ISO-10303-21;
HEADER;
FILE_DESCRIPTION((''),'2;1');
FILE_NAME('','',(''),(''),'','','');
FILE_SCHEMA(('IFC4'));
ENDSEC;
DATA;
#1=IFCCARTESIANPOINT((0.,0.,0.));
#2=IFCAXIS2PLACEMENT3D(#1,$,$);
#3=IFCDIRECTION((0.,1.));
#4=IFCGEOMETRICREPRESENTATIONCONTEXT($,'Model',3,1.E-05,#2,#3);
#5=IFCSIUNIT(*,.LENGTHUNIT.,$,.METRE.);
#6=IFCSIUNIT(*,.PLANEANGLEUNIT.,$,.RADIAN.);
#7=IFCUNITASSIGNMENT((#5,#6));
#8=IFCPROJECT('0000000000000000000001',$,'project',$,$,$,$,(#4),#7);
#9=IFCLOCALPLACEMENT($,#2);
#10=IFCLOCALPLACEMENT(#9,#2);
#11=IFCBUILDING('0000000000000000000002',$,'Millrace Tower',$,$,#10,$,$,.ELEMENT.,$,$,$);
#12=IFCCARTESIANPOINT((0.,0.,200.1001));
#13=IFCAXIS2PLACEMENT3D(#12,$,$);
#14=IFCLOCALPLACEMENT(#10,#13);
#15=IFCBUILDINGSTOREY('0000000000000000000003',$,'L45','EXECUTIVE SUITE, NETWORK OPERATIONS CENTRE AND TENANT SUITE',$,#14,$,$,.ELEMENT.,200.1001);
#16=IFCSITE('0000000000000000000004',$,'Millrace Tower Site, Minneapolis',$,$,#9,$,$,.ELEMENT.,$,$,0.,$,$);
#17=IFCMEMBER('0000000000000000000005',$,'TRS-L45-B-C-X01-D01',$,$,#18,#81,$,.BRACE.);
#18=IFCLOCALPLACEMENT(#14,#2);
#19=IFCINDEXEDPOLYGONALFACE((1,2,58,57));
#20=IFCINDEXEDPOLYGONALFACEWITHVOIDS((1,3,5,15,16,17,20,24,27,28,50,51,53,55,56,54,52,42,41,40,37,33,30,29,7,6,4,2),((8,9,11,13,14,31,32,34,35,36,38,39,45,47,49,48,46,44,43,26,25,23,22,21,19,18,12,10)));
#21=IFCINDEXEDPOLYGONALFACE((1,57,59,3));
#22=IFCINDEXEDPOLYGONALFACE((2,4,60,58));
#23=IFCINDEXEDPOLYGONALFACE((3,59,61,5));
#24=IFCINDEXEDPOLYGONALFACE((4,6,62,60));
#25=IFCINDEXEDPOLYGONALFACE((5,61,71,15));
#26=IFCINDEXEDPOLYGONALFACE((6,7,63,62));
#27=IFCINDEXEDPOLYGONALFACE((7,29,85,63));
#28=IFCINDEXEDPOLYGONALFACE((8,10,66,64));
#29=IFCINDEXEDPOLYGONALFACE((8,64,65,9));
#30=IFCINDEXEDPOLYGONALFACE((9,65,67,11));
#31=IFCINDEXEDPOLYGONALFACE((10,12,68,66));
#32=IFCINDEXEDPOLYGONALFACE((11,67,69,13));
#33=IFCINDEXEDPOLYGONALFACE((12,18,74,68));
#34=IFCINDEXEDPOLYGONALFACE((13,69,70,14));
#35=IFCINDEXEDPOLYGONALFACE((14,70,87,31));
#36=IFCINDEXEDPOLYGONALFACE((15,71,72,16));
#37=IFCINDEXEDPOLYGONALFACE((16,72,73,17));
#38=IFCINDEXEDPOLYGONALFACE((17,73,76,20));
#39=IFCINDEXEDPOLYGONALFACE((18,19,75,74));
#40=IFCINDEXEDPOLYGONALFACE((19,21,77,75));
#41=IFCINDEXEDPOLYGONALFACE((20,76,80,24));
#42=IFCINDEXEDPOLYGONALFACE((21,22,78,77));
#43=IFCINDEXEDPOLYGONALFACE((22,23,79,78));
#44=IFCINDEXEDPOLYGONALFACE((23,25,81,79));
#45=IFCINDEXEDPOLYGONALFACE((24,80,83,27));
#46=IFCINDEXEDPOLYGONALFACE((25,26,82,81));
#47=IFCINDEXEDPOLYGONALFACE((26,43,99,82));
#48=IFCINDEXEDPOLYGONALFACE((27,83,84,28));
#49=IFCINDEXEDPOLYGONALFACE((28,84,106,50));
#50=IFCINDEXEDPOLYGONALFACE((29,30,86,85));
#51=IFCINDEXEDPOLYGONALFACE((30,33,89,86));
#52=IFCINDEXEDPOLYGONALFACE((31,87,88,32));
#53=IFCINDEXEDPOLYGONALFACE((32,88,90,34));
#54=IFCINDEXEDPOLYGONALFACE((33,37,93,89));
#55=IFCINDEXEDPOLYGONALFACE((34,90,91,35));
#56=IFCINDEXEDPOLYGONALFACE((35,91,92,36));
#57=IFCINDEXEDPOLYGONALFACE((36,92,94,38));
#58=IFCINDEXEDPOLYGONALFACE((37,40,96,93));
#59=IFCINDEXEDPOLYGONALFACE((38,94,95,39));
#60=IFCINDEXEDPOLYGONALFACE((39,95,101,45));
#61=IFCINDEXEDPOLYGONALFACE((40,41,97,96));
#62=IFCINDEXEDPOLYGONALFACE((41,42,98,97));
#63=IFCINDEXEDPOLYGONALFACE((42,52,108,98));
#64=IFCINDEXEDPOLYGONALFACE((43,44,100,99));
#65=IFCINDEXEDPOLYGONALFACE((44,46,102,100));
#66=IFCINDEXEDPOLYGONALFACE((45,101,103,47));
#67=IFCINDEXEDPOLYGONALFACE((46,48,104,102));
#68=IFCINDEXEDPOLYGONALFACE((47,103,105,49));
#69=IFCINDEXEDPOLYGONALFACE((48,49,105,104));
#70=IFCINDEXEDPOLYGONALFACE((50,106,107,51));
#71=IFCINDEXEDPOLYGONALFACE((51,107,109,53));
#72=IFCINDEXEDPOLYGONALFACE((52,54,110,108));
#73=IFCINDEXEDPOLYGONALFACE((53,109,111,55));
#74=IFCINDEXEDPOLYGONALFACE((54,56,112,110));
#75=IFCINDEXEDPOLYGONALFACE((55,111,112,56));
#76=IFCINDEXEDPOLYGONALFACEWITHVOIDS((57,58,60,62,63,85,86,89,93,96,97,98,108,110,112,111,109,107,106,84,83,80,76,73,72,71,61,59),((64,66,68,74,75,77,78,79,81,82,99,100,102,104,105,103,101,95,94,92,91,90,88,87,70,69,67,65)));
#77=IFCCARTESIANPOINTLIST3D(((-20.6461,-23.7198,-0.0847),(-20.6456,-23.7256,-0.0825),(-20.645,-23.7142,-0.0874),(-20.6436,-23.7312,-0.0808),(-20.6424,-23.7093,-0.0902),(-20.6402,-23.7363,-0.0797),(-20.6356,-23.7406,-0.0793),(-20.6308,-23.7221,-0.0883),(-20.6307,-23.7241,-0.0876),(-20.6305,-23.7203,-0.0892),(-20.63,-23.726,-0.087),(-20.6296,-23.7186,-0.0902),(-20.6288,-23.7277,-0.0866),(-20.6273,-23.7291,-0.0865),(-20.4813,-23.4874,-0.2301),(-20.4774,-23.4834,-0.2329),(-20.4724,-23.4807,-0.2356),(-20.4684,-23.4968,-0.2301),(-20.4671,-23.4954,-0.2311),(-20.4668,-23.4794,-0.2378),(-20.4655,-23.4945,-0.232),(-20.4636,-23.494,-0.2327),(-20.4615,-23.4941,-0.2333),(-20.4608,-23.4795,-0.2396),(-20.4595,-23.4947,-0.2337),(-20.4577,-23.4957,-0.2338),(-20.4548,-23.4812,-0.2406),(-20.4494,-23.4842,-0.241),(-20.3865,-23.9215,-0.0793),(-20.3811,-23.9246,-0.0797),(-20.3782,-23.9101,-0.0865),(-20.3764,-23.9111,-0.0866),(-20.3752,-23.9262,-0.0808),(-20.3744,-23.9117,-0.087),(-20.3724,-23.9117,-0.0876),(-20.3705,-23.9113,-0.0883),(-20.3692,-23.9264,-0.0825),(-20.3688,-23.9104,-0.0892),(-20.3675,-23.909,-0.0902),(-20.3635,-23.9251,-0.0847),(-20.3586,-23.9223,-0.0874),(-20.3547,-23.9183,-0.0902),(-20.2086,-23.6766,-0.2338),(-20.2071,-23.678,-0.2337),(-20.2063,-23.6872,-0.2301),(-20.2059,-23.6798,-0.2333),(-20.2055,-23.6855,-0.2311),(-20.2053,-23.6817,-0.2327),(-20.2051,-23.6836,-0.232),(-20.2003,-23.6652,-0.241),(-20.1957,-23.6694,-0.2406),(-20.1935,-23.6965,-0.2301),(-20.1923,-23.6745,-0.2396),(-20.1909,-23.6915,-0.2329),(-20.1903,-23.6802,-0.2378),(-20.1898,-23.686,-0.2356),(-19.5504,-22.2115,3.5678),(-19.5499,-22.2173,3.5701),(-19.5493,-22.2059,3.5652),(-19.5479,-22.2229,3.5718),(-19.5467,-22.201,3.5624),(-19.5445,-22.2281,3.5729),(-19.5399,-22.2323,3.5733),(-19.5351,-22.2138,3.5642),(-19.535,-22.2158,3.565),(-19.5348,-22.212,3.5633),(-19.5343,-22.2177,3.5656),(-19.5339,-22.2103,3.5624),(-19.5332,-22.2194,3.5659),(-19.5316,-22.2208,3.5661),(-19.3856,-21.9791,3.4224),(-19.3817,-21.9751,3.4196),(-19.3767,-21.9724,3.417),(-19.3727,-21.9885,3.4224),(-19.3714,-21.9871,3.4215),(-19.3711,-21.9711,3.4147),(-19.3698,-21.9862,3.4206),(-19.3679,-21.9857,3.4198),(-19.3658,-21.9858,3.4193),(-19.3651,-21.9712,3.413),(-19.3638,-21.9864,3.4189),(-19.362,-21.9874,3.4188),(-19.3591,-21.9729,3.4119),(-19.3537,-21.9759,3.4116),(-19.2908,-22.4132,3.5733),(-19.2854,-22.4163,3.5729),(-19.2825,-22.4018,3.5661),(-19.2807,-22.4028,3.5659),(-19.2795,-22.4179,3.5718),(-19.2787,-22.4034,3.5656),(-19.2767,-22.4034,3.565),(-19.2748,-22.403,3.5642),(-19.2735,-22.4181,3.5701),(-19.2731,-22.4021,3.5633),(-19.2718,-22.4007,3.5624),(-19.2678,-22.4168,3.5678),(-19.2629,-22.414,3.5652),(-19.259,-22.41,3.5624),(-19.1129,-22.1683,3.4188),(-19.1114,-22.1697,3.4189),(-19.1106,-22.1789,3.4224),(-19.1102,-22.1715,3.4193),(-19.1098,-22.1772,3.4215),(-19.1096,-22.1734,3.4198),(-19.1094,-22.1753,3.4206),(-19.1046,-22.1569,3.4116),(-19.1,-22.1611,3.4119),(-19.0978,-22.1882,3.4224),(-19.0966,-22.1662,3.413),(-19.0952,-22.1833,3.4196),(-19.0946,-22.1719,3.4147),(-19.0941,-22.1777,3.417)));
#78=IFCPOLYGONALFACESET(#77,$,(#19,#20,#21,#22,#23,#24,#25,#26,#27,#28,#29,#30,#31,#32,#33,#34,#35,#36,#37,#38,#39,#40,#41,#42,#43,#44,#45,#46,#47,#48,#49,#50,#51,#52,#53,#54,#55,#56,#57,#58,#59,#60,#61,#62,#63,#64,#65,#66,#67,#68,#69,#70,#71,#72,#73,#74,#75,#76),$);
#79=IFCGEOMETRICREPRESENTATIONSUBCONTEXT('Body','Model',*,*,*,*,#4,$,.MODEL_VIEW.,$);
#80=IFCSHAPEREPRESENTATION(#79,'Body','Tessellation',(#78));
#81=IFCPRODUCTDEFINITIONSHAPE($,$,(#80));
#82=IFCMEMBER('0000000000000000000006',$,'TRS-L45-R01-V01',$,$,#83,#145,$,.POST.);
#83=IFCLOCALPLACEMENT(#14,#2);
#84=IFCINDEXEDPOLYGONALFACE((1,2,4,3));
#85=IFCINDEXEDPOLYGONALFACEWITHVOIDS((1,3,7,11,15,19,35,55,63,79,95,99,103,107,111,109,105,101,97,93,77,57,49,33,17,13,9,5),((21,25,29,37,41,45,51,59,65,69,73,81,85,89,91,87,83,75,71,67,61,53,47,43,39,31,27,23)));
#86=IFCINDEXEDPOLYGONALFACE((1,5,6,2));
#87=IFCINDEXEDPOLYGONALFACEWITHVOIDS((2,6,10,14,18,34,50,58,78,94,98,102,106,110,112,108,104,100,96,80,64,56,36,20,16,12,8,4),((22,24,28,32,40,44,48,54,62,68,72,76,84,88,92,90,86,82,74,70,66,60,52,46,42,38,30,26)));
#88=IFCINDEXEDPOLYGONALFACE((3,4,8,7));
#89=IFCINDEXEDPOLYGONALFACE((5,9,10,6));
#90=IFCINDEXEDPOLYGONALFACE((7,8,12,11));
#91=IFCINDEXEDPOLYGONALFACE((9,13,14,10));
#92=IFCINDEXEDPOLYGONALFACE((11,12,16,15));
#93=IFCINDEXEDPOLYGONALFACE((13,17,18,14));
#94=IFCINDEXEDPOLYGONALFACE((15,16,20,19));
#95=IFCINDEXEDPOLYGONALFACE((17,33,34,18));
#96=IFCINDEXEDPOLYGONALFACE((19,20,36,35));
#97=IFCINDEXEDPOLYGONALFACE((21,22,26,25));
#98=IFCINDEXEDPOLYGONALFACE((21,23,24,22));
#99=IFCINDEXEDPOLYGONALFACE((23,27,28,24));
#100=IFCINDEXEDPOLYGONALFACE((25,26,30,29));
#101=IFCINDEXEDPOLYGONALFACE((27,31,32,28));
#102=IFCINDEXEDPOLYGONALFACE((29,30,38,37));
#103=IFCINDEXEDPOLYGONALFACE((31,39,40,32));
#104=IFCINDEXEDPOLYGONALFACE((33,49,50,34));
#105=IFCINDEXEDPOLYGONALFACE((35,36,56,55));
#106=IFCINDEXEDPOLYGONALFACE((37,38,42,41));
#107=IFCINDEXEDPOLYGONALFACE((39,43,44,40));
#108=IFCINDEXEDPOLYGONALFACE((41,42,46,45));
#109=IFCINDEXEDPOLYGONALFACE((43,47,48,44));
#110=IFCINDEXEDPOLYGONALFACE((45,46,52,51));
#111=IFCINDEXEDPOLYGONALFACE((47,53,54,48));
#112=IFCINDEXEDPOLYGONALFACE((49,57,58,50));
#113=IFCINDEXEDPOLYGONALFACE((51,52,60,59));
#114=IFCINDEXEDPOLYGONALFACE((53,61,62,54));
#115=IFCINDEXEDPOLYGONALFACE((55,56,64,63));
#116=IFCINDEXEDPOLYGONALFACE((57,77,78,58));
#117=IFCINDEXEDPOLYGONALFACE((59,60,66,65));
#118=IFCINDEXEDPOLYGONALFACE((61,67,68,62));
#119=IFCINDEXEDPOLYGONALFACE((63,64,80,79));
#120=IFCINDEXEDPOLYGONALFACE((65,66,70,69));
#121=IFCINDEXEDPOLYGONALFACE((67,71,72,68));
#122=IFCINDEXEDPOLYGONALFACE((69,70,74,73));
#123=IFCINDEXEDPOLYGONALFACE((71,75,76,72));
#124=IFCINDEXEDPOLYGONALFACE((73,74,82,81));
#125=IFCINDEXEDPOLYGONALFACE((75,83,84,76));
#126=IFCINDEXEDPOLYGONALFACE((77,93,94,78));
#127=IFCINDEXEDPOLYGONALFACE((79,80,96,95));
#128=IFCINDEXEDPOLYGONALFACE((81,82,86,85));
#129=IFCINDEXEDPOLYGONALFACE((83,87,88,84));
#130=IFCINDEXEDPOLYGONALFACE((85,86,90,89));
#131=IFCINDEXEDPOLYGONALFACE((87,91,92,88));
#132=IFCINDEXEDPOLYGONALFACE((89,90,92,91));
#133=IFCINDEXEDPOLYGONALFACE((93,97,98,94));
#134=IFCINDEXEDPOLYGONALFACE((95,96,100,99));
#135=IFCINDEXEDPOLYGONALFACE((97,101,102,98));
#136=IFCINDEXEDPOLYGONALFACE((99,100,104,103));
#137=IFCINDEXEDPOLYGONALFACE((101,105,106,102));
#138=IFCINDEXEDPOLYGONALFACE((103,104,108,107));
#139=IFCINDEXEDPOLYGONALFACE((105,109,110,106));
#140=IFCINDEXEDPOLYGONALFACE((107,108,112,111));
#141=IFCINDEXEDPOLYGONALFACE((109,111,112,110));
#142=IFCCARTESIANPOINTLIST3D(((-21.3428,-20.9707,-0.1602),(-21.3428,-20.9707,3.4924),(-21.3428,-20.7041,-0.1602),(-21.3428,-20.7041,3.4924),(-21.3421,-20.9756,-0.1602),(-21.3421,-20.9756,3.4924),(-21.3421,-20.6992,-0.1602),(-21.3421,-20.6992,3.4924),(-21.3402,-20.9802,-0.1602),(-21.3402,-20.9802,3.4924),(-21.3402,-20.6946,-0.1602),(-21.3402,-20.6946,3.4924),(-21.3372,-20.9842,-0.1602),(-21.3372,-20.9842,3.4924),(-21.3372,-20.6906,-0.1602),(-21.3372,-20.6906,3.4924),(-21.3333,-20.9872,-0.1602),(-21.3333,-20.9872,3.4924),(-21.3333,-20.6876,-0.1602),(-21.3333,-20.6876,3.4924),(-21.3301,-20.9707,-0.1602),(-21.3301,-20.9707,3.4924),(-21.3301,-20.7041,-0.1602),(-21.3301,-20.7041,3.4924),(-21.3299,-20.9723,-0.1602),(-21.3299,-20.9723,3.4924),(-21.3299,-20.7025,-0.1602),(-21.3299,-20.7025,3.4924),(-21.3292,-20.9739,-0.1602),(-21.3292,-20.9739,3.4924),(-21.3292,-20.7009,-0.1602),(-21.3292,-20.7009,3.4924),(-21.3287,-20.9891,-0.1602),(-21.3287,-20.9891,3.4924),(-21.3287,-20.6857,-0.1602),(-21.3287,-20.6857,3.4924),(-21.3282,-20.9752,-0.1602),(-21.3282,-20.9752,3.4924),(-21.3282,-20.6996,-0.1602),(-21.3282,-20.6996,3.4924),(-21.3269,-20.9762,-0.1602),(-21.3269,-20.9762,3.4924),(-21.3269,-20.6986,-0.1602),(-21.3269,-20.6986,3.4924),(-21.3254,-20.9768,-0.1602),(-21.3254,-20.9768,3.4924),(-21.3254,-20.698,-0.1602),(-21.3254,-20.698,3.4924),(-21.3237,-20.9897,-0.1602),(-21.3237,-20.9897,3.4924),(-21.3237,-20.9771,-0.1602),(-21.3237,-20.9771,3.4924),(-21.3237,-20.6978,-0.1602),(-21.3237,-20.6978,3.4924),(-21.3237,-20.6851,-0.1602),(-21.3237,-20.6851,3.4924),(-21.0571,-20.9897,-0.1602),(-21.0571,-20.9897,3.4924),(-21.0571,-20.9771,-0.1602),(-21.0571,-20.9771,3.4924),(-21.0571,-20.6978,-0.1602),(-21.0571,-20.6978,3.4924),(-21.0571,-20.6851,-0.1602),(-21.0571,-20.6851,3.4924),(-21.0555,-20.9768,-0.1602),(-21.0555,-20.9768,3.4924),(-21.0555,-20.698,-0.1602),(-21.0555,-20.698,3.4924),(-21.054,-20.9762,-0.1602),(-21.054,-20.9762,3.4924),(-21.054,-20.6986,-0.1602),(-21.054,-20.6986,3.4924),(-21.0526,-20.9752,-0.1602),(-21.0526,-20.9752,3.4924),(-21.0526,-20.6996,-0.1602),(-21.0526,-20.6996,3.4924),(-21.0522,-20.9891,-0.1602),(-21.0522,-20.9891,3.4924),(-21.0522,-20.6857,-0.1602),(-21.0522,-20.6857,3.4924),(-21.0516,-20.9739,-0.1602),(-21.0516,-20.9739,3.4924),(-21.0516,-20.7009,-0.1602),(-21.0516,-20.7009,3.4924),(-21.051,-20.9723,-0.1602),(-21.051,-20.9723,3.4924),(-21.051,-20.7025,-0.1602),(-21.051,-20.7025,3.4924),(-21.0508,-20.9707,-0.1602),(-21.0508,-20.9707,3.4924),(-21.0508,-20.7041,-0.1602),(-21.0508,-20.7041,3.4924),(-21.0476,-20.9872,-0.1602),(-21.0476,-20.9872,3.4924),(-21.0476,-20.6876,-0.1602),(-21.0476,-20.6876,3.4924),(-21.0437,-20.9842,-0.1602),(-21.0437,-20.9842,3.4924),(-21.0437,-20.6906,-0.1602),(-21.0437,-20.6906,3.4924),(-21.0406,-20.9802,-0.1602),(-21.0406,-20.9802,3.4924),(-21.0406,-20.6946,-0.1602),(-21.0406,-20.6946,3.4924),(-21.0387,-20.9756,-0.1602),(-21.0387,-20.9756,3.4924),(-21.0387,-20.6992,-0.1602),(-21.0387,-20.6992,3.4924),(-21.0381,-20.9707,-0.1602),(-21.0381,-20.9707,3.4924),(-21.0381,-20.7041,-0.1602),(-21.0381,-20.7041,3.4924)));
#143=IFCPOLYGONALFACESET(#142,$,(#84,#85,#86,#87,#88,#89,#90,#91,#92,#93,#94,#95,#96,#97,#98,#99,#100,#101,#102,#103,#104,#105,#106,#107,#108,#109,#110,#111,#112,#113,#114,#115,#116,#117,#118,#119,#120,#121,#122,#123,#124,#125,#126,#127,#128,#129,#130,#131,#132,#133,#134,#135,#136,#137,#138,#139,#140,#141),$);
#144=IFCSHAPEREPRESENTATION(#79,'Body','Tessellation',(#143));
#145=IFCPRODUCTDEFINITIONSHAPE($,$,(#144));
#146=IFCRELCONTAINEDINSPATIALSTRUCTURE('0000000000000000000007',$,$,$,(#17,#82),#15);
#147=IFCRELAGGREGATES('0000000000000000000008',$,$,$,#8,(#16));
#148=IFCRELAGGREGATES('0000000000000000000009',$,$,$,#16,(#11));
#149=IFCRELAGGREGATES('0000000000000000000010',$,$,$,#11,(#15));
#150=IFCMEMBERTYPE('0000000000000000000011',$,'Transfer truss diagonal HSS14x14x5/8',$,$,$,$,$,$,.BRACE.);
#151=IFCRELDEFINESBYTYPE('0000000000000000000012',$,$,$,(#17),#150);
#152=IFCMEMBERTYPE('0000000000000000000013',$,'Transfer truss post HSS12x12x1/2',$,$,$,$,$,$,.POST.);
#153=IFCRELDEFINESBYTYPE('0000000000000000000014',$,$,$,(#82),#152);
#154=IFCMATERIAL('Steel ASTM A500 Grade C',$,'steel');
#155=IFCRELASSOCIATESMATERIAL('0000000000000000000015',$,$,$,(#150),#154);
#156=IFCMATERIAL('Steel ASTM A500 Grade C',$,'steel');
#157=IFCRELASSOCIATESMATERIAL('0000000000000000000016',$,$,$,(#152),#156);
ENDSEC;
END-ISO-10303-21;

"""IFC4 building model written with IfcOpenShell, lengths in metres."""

from ifc_helpers import new_model, si_unit, direction, frame, origin, origin_2d, place, context, subcontext, project, spatial, hollow_rectangle, extrude, material, material_profile, profile_set, type_object, element, save


model = new_model("IFC4")

# Units and contexts
model_context = context("Model", 3, precision=1e-05, world=origin(), true_north=direction((0.0, 1.0)))
body_context = subcontext(model_context, "Body", "Model", "MODEL_VIEW")
ifc_project = project(units=[si_unit("LENGTHUNIT", "METRE"), si_unit("PLANEANGLEUNIT", "RADIAN")], contexts=[model_context])

# Site, building, storey
site_placement = place(None, origin())
site = spatial("IfcSite", under=ifc_project, at=site_placement, Name="Millrace Tower Site, Minneapolis", CompositionType="ELEMENT", RefElevation=0.0)
building_placement = place(site_placement, origin())
building = spatial("IfcBuilding", under=site, at=building_placement, Name="Millrace Tower", CompositionType="ELEMENT")
storey_placement = place(building_placement, frame((0.0, 0.0, 200.1001)))
storey = spatial("IfcBuildingStorey", under=building, at=storey_placement, Name="L45", Description="EXECUTIVE SUITE, NETWORK OPERATIONS CENTRE AND TENANT SUITE", CompositionType="ELEMENT", Elevation=200.1001)

# Members
ifc_material_1 = material(Name="Steel ASTM A500 Grade C", Category="steel")
ifc_material_profile_1 = material_profile(ifc_material_1, hollow_rectangle(XDim=0.3557, YDim=0.3557, WallThickness=0.0159, InnerFilletRadius=0.0081, OuterFilletRadius=0.0239, at=origin_2d()))
ifc_profile_set_1 = profile_set([ifc_material_profile_1], Name="Steel ASTM A500 Grade C")
member_type_1 = type_object("IfcMemberType", Name="Transfer truss diagonal HSS14x14x5/8", PredefinedType="BRACE", material=ifc_profile_set_1)
member_1_placement = place(storey_placement, frame((-20.418, -23.7029, -0.1602), z_axis=(0.26719, 0.367802, 0.890691), x_axis=(-0.809053, 0.587736, 0.0)))
element("IfcMember", 1, at=member_1_placement, inside=storey, type_object=member_type_1, Name="TRS-L45-B-C-X01-D01", PredefinedType="BRACE", context=body_context, shape_type="SweptSolid", body=[
    extrude(hollow_rectangle(XDim=0.3557, YDim=0.3557, WallThickness=0.0159, InnerFilletRadius=0.0081, OuterFilletRadius=0.0239, at=origin_2d()), origin(), (0.0, 0.0, 1.0), 4.1008),
])
ifc_material_2 = material(Name="Steel ASTM A500 Grade C", Category="steel")
ifc_material_profile_2 = material_profile(ifc_material_2, hollow_rectangle(XDim=0.3047, YDim=0.3047, WallThickness=0.0127, InnerFilletRadius=0.0063, OuterFilletRadius=0.019, at=origin_2d()))
ifc_profile_set_2 = profile_set([ifc_material_profile_2], Name="Steel ASTM A500 Grade C")
member_type_2 = type_object("IfcMemberType", Name="Transfer truss post HSS12x12x1/2", PredefinedType="POST", material=ifc_profile_set_2)
for number, where, z_axis, x_axis, name in (
    (2, (-21.1904, -20.8374, -0.1602), (0.0, 0.0, 1.0), (1.0, 0.0, 0.0), "TRS-L45-R01-V01"),
):
    element("IfcMember", number, at=place(storey_placement, frame(where, z_axis=z_axis, x_axis=x_axis)), inside=storey, type_object=member_type_2, Name=name, PredefinedType="POST", context=body_context, shape_type="SweptSolid", body=[
        extrude(hollow_rectangle(XDim=0.3047, YDim=0.3047, WallThickness=0.0127, InnerFilletRadius=0.0063, OuterFilletRadius=0.019, at=origin_2d()), origin(), (0.0, 0.0, 1.0), 3.6526),
    ])

save(model, "model.ifc")
